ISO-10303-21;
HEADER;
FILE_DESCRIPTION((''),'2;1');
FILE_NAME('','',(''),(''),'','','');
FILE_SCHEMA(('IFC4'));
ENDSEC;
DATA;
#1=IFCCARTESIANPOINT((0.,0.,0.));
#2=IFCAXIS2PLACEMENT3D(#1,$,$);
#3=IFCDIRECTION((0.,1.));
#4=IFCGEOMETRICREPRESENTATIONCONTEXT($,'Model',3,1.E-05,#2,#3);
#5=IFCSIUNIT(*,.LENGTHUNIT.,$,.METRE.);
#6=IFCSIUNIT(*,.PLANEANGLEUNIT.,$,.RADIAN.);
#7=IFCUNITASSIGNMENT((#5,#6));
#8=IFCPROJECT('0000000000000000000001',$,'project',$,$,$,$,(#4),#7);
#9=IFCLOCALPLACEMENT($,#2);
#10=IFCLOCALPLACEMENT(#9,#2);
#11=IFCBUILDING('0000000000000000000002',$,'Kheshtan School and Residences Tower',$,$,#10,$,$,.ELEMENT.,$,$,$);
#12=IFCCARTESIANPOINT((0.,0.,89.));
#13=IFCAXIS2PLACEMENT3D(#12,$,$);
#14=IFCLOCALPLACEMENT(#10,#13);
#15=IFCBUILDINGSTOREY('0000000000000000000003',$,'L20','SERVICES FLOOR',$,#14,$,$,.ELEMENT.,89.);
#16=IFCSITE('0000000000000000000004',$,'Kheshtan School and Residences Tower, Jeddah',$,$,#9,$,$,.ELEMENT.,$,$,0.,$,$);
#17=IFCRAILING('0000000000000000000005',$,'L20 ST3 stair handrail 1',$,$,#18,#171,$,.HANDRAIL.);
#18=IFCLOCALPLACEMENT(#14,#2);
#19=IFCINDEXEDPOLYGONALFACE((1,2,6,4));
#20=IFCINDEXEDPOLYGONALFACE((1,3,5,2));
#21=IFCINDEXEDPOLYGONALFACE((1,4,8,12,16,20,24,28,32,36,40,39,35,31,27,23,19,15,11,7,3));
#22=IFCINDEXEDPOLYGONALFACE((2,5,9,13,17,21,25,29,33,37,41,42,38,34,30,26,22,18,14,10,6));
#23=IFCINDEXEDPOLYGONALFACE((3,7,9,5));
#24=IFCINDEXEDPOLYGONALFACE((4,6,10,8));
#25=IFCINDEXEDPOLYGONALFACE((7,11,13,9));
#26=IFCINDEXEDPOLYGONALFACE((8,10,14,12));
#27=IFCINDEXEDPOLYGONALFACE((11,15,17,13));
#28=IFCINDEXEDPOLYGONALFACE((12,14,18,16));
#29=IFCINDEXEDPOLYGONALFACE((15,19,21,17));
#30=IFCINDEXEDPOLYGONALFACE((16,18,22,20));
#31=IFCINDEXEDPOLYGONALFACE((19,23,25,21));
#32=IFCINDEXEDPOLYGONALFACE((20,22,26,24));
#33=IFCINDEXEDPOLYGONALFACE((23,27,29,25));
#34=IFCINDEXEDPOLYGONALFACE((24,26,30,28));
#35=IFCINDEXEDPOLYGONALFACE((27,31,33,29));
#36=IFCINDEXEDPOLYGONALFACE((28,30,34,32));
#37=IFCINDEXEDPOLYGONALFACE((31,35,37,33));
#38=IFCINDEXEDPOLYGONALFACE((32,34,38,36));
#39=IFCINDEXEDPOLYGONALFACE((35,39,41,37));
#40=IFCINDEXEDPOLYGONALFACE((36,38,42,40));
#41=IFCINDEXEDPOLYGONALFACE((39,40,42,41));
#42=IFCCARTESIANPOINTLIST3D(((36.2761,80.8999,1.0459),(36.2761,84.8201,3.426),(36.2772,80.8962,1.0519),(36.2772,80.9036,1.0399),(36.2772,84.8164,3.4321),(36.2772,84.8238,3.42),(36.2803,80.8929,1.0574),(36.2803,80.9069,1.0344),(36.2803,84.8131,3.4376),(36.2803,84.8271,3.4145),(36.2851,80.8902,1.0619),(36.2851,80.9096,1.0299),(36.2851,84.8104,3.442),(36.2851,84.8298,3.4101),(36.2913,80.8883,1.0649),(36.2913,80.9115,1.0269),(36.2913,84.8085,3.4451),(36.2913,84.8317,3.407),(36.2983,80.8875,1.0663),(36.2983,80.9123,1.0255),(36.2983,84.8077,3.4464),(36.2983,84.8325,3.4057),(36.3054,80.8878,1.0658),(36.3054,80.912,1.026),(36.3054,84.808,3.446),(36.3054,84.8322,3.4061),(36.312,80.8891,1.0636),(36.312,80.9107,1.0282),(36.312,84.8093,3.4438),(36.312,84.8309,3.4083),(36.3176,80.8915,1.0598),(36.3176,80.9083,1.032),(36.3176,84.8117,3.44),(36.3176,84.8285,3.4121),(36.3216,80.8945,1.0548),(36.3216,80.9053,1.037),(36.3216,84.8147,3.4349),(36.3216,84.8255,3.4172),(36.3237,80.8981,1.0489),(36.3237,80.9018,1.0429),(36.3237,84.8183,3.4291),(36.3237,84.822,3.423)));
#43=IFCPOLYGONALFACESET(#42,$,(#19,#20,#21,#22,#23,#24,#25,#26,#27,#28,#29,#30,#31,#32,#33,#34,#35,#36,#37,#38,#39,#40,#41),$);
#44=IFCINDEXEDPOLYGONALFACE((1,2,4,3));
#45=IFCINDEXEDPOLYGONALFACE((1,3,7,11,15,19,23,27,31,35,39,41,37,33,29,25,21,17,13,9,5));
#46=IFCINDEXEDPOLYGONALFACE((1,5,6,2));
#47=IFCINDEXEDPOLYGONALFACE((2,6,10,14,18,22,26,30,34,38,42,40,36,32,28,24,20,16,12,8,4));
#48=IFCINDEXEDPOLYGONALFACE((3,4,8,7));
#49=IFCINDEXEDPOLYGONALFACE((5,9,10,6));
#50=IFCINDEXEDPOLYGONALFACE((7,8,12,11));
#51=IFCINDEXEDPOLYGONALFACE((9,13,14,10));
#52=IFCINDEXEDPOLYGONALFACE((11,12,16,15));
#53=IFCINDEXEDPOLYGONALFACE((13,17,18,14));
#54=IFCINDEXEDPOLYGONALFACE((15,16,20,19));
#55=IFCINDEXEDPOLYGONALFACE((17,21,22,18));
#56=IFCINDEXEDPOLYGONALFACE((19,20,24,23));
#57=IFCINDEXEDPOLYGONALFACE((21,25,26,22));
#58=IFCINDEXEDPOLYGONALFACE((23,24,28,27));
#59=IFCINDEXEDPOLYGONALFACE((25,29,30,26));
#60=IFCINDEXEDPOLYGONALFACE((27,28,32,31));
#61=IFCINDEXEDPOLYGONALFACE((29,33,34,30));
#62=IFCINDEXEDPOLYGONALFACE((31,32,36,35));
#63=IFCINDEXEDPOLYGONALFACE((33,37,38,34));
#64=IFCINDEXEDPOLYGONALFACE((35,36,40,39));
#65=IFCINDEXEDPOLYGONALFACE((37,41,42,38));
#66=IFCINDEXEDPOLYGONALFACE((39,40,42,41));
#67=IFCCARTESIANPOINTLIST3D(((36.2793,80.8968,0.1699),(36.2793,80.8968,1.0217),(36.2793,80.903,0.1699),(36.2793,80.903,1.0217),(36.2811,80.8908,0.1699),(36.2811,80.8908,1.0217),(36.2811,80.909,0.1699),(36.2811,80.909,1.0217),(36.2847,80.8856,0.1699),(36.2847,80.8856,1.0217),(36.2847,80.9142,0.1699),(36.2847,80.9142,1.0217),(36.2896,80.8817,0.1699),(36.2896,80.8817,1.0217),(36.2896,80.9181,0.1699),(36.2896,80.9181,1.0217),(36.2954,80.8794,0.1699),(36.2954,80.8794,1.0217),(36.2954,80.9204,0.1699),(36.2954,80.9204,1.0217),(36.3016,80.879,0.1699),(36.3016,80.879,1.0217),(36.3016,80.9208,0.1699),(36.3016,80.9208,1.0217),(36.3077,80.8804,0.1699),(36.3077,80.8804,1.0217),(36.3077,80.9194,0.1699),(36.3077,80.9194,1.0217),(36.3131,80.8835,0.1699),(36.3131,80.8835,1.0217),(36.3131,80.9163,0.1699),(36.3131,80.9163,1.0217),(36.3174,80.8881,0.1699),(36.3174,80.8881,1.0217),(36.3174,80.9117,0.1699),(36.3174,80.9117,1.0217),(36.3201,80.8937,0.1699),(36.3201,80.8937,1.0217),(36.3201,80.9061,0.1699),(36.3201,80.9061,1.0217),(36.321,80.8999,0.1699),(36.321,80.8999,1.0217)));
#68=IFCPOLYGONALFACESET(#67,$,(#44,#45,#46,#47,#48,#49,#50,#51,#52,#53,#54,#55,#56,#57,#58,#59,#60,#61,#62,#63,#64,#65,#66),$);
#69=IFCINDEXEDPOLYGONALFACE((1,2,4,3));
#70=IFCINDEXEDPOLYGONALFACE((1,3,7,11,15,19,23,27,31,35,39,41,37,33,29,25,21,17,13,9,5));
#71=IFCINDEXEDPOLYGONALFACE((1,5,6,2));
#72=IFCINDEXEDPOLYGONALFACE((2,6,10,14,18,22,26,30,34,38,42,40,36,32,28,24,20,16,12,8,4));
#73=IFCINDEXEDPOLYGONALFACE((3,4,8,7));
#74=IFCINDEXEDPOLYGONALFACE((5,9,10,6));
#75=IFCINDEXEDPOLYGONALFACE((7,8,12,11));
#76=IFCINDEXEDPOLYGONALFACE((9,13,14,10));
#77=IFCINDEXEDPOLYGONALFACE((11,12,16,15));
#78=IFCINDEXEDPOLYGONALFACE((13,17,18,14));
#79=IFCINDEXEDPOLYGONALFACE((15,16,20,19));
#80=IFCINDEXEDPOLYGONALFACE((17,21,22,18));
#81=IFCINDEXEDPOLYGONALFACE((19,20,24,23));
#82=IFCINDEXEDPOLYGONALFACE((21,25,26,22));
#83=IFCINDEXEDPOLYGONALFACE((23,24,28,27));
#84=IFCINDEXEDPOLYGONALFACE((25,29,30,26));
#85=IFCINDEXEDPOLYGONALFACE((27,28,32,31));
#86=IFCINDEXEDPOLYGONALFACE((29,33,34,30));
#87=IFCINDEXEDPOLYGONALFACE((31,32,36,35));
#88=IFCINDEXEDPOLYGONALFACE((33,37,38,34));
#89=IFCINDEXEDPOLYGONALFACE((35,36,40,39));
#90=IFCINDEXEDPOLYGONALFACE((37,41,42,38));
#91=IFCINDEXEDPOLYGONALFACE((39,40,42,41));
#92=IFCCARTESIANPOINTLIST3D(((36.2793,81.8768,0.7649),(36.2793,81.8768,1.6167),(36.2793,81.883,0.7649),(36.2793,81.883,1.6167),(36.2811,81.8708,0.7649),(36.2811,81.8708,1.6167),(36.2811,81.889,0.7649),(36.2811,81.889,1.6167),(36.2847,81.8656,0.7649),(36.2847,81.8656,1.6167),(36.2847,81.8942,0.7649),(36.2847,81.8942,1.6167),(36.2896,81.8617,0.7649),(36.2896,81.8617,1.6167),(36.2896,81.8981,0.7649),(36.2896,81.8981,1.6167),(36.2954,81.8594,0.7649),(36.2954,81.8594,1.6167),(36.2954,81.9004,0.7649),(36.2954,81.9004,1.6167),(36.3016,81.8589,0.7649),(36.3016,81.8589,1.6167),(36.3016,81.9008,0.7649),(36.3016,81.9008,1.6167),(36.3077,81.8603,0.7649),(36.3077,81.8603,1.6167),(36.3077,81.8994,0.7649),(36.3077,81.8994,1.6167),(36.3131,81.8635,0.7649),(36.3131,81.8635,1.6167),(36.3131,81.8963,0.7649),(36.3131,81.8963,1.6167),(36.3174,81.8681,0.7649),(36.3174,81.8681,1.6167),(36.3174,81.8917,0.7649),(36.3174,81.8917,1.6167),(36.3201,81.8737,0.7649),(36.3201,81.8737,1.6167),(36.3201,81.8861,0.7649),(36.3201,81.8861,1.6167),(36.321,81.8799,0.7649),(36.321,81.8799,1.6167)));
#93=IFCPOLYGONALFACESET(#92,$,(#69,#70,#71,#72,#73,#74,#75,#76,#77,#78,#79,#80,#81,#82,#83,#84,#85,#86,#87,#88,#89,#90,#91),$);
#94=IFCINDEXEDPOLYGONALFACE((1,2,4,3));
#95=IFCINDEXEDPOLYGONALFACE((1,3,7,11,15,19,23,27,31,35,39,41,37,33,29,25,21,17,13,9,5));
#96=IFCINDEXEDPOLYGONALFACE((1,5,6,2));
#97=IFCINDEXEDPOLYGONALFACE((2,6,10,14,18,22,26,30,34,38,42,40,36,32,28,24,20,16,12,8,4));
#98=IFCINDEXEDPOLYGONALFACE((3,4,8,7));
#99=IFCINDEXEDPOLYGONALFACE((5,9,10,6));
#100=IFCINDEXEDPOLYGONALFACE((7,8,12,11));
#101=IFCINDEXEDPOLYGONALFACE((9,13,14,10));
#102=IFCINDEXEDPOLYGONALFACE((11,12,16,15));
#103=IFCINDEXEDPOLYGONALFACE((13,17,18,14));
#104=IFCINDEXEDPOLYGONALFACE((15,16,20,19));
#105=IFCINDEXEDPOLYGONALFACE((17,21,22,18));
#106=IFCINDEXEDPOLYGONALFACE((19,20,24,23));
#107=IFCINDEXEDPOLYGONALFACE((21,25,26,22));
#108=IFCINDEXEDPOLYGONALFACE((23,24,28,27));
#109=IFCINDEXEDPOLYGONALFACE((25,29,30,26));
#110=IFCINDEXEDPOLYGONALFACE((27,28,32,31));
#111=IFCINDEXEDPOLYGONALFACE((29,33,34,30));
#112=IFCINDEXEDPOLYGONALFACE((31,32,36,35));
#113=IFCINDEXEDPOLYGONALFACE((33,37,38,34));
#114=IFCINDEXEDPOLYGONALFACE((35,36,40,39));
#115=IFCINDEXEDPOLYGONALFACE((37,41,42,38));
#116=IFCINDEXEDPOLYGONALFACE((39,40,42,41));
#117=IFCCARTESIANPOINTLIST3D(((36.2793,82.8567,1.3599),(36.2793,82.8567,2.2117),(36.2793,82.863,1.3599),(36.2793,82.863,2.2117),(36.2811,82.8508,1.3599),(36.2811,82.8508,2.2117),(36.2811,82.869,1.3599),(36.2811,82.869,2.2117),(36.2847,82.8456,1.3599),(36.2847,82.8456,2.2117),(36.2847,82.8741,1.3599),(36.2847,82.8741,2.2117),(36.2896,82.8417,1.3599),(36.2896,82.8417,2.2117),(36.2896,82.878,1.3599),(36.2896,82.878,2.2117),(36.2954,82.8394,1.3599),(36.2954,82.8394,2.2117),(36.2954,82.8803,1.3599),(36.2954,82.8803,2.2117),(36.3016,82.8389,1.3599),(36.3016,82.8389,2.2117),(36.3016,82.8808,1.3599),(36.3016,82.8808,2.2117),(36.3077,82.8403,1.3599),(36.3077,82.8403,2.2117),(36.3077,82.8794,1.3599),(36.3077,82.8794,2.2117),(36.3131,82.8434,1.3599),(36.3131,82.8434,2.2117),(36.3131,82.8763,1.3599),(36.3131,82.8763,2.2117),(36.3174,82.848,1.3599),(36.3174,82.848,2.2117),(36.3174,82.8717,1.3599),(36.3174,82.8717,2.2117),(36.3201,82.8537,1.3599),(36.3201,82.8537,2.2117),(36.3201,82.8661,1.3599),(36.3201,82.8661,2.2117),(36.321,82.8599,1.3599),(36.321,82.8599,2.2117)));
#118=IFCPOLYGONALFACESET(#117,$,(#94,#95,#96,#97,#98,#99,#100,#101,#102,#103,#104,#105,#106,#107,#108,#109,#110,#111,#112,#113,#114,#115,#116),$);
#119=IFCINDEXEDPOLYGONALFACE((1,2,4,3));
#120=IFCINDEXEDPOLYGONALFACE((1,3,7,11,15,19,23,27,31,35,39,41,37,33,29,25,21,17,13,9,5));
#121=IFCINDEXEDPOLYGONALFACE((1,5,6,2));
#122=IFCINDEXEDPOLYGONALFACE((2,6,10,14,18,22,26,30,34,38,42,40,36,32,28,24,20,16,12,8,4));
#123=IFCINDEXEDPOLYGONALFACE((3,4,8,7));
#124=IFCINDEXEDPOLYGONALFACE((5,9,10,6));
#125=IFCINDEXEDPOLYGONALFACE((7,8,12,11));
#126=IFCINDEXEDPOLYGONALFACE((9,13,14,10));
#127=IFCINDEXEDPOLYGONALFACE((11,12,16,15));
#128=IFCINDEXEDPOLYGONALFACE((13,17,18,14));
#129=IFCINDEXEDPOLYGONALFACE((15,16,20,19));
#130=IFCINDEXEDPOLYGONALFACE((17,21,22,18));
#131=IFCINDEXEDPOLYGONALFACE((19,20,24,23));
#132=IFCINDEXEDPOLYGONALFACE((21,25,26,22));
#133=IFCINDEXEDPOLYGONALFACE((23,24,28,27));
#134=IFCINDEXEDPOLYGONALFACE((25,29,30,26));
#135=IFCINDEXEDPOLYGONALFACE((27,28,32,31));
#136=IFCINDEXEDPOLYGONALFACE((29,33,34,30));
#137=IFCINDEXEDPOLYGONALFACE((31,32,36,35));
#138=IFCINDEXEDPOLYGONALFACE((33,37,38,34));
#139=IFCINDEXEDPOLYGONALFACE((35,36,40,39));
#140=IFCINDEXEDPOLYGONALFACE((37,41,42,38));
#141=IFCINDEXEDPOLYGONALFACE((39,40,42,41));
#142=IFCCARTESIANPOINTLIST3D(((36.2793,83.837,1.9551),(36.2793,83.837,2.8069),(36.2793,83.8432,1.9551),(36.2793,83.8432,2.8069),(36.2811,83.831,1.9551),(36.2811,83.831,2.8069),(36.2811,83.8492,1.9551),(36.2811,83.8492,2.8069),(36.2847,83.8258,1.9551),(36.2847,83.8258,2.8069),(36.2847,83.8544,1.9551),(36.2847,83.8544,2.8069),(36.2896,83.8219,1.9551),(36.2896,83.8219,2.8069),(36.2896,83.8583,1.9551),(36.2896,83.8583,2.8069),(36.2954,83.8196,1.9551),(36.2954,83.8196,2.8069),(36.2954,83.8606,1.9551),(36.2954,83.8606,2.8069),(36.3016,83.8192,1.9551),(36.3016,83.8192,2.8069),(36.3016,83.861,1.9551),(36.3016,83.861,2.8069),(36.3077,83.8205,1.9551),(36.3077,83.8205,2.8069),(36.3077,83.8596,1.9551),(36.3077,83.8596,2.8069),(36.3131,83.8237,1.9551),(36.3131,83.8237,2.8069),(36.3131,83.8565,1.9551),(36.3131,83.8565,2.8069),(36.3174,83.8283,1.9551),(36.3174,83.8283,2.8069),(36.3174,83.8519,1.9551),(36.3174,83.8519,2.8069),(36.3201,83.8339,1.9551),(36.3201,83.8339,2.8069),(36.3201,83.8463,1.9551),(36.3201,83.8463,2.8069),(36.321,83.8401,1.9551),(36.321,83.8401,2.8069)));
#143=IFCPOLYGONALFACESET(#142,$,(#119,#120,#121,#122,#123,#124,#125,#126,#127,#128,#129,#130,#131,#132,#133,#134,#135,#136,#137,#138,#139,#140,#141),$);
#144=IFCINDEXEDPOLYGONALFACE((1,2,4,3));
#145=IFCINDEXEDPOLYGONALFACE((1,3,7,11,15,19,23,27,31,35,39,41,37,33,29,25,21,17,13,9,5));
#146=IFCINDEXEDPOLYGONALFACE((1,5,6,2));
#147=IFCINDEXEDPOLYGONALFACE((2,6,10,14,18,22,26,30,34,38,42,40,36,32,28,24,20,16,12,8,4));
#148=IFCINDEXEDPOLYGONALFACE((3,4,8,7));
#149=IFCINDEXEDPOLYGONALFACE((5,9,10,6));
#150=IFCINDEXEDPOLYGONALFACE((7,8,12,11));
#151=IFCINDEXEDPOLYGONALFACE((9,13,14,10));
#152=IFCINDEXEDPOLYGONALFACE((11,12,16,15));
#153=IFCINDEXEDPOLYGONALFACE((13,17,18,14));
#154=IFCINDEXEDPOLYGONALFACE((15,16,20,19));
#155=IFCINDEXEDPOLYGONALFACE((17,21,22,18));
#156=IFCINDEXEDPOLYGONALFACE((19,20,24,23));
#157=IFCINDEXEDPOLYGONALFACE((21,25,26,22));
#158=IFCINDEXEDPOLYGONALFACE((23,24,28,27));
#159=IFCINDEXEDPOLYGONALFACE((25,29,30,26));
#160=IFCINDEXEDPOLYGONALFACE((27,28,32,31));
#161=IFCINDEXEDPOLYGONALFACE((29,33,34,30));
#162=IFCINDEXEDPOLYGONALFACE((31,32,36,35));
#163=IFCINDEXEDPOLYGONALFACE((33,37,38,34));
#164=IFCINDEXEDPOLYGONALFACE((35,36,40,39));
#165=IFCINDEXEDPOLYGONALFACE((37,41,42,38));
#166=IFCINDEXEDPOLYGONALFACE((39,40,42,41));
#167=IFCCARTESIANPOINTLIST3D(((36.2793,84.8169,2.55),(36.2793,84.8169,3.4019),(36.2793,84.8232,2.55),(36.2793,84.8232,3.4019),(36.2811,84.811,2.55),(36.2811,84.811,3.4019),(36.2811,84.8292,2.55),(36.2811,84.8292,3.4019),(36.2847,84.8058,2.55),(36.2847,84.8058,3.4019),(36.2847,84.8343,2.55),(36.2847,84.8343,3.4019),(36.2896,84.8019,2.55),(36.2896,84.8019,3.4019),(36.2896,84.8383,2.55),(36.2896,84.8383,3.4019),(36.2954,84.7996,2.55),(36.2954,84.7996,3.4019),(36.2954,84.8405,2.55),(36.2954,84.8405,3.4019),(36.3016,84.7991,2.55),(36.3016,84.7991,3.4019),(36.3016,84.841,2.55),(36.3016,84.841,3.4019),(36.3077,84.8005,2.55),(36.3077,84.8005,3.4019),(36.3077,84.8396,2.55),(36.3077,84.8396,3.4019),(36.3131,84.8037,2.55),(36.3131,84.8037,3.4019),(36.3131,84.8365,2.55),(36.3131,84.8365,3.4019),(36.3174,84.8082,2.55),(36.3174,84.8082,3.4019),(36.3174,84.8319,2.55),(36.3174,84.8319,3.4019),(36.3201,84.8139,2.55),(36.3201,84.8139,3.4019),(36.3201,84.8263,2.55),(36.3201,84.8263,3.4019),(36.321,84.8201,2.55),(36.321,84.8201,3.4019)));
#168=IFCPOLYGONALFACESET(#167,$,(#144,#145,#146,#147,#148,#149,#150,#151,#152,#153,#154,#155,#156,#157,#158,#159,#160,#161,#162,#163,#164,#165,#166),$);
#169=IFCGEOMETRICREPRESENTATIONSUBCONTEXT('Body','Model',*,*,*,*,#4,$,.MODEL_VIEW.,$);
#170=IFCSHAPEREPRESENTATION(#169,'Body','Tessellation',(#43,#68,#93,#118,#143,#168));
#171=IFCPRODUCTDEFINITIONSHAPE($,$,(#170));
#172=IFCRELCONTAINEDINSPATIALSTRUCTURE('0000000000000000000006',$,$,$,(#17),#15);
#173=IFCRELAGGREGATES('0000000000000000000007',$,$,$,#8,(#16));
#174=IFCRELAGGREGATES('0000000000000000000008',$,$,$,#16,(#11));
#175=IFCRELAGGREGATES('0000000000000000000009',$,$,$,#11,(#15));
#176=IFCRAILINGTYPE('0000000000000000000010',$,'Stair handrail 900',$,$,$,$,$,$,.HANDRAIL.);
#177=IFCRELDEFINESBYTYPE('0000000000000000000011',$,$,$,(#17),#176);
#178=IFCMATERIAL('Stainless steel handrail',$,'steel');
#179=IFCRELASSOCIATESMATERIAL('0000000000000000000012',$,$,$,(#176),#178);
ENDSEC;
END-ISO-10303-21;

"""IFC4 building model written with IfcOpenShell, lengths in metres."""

from ifc_helpers import new_model, si_unit, direction, frame, origin, origin_2d, place, context, subcontext, project, spatial, circle, extrude, material, type_object, element, save


model = new_model("IFC4")

# Units and contexts
model_context = context("Model", 3, precision=1e-05, world=origin(), true_north=direction((0.0, 1.0)))
body_context = subcontext(model_context, "Body", "Model", "MODEL_VIEW")
ifc_project = project(units=[si_unit("LENGTHUNIT", "METRE"), si_unit("PLANEANGLEUNIT", "RADIAN")], contexts=[model_context])

# Site, building, storey
site_placement = place(None, origin())
site = spatial("IfcSite", under=ifc_project, at=site_placement, Name="Kheshtan School and Residences Tower, Jeddah", CompositionType="ELEMENT", RefElevation=0.0)
building_placement = place(site_placement, origin())
building = spatial("IfcBuilding", under=site, at=building_placement, Name="Kheshtan School and Residences Tower", CompositionType="ELEMENT")
storey_placement = place(building_placement, frame((0.0, 0.0, 89.0)))
storey = spatial("IfcBuildingStorey", under=building, at=storey_placement, Name="L20", Description="SERVICES FLOOR", CompositionType="ELEMENT", Elevation=89.0)

# Railing
ifc_material_1 = material(Name="Stainless steel handrail", Category="steel")
railing_type_1 = type_object("IfcRailingType", Name="Stair handrail 900", PredefinedType="HANDRAIL", material=ifc_material_1)
railing_1_placement = place(storey_placement, frame((36.3, 80.8999, 0.1699)))
element("IfcRailing", 1, at=railing_1_placement, inside=storey, type_object=railing_type_1, Name="L20 ST3 stair handrail 1", PredefinedType="HANDRAIL", context=body_context, shape_type="SweptSolid", body=[
    extrude(circle(Radius=0.0239, at=origin_2d()), frame((0.0, 0.0, 0.876), z_axis=(0.0, 0.854785, 0.518982), x_axis=(-1.0, 0.0, 0.0)), (0.0, 0.0, 1.0), 4.5862),
    extrude(circle(Radius=0.021, at=origin_2d()), origin(), (0.0, 0.0, 1.0), 0.8518),
    extrude(circle(Radius=0.021, at=origin_2d()), frame((0.0, 0.98, 0.595)), (0.0, 0.0, 1.0), 0.8518),
    extrude(circle(Radius=0.021, at=origin_2d()), frame((0.0, 1.96, 1.1899)), (0.0, 0.0, 1.0), 0.8518),
    extrude(circle(Radius=0.021, at=origin_2d()), frame((0.0, 2.9402, 1.7852)), (0.0, 0.0, 1.0), 0.8518),
    extrude(circle(Radius=0.021, at=origin_2d()), frame((0.0, 3.9202, 2.3801)), (0.0, 0.0, 1.0), 0.8518),
])

save(model, "model.ifc")
